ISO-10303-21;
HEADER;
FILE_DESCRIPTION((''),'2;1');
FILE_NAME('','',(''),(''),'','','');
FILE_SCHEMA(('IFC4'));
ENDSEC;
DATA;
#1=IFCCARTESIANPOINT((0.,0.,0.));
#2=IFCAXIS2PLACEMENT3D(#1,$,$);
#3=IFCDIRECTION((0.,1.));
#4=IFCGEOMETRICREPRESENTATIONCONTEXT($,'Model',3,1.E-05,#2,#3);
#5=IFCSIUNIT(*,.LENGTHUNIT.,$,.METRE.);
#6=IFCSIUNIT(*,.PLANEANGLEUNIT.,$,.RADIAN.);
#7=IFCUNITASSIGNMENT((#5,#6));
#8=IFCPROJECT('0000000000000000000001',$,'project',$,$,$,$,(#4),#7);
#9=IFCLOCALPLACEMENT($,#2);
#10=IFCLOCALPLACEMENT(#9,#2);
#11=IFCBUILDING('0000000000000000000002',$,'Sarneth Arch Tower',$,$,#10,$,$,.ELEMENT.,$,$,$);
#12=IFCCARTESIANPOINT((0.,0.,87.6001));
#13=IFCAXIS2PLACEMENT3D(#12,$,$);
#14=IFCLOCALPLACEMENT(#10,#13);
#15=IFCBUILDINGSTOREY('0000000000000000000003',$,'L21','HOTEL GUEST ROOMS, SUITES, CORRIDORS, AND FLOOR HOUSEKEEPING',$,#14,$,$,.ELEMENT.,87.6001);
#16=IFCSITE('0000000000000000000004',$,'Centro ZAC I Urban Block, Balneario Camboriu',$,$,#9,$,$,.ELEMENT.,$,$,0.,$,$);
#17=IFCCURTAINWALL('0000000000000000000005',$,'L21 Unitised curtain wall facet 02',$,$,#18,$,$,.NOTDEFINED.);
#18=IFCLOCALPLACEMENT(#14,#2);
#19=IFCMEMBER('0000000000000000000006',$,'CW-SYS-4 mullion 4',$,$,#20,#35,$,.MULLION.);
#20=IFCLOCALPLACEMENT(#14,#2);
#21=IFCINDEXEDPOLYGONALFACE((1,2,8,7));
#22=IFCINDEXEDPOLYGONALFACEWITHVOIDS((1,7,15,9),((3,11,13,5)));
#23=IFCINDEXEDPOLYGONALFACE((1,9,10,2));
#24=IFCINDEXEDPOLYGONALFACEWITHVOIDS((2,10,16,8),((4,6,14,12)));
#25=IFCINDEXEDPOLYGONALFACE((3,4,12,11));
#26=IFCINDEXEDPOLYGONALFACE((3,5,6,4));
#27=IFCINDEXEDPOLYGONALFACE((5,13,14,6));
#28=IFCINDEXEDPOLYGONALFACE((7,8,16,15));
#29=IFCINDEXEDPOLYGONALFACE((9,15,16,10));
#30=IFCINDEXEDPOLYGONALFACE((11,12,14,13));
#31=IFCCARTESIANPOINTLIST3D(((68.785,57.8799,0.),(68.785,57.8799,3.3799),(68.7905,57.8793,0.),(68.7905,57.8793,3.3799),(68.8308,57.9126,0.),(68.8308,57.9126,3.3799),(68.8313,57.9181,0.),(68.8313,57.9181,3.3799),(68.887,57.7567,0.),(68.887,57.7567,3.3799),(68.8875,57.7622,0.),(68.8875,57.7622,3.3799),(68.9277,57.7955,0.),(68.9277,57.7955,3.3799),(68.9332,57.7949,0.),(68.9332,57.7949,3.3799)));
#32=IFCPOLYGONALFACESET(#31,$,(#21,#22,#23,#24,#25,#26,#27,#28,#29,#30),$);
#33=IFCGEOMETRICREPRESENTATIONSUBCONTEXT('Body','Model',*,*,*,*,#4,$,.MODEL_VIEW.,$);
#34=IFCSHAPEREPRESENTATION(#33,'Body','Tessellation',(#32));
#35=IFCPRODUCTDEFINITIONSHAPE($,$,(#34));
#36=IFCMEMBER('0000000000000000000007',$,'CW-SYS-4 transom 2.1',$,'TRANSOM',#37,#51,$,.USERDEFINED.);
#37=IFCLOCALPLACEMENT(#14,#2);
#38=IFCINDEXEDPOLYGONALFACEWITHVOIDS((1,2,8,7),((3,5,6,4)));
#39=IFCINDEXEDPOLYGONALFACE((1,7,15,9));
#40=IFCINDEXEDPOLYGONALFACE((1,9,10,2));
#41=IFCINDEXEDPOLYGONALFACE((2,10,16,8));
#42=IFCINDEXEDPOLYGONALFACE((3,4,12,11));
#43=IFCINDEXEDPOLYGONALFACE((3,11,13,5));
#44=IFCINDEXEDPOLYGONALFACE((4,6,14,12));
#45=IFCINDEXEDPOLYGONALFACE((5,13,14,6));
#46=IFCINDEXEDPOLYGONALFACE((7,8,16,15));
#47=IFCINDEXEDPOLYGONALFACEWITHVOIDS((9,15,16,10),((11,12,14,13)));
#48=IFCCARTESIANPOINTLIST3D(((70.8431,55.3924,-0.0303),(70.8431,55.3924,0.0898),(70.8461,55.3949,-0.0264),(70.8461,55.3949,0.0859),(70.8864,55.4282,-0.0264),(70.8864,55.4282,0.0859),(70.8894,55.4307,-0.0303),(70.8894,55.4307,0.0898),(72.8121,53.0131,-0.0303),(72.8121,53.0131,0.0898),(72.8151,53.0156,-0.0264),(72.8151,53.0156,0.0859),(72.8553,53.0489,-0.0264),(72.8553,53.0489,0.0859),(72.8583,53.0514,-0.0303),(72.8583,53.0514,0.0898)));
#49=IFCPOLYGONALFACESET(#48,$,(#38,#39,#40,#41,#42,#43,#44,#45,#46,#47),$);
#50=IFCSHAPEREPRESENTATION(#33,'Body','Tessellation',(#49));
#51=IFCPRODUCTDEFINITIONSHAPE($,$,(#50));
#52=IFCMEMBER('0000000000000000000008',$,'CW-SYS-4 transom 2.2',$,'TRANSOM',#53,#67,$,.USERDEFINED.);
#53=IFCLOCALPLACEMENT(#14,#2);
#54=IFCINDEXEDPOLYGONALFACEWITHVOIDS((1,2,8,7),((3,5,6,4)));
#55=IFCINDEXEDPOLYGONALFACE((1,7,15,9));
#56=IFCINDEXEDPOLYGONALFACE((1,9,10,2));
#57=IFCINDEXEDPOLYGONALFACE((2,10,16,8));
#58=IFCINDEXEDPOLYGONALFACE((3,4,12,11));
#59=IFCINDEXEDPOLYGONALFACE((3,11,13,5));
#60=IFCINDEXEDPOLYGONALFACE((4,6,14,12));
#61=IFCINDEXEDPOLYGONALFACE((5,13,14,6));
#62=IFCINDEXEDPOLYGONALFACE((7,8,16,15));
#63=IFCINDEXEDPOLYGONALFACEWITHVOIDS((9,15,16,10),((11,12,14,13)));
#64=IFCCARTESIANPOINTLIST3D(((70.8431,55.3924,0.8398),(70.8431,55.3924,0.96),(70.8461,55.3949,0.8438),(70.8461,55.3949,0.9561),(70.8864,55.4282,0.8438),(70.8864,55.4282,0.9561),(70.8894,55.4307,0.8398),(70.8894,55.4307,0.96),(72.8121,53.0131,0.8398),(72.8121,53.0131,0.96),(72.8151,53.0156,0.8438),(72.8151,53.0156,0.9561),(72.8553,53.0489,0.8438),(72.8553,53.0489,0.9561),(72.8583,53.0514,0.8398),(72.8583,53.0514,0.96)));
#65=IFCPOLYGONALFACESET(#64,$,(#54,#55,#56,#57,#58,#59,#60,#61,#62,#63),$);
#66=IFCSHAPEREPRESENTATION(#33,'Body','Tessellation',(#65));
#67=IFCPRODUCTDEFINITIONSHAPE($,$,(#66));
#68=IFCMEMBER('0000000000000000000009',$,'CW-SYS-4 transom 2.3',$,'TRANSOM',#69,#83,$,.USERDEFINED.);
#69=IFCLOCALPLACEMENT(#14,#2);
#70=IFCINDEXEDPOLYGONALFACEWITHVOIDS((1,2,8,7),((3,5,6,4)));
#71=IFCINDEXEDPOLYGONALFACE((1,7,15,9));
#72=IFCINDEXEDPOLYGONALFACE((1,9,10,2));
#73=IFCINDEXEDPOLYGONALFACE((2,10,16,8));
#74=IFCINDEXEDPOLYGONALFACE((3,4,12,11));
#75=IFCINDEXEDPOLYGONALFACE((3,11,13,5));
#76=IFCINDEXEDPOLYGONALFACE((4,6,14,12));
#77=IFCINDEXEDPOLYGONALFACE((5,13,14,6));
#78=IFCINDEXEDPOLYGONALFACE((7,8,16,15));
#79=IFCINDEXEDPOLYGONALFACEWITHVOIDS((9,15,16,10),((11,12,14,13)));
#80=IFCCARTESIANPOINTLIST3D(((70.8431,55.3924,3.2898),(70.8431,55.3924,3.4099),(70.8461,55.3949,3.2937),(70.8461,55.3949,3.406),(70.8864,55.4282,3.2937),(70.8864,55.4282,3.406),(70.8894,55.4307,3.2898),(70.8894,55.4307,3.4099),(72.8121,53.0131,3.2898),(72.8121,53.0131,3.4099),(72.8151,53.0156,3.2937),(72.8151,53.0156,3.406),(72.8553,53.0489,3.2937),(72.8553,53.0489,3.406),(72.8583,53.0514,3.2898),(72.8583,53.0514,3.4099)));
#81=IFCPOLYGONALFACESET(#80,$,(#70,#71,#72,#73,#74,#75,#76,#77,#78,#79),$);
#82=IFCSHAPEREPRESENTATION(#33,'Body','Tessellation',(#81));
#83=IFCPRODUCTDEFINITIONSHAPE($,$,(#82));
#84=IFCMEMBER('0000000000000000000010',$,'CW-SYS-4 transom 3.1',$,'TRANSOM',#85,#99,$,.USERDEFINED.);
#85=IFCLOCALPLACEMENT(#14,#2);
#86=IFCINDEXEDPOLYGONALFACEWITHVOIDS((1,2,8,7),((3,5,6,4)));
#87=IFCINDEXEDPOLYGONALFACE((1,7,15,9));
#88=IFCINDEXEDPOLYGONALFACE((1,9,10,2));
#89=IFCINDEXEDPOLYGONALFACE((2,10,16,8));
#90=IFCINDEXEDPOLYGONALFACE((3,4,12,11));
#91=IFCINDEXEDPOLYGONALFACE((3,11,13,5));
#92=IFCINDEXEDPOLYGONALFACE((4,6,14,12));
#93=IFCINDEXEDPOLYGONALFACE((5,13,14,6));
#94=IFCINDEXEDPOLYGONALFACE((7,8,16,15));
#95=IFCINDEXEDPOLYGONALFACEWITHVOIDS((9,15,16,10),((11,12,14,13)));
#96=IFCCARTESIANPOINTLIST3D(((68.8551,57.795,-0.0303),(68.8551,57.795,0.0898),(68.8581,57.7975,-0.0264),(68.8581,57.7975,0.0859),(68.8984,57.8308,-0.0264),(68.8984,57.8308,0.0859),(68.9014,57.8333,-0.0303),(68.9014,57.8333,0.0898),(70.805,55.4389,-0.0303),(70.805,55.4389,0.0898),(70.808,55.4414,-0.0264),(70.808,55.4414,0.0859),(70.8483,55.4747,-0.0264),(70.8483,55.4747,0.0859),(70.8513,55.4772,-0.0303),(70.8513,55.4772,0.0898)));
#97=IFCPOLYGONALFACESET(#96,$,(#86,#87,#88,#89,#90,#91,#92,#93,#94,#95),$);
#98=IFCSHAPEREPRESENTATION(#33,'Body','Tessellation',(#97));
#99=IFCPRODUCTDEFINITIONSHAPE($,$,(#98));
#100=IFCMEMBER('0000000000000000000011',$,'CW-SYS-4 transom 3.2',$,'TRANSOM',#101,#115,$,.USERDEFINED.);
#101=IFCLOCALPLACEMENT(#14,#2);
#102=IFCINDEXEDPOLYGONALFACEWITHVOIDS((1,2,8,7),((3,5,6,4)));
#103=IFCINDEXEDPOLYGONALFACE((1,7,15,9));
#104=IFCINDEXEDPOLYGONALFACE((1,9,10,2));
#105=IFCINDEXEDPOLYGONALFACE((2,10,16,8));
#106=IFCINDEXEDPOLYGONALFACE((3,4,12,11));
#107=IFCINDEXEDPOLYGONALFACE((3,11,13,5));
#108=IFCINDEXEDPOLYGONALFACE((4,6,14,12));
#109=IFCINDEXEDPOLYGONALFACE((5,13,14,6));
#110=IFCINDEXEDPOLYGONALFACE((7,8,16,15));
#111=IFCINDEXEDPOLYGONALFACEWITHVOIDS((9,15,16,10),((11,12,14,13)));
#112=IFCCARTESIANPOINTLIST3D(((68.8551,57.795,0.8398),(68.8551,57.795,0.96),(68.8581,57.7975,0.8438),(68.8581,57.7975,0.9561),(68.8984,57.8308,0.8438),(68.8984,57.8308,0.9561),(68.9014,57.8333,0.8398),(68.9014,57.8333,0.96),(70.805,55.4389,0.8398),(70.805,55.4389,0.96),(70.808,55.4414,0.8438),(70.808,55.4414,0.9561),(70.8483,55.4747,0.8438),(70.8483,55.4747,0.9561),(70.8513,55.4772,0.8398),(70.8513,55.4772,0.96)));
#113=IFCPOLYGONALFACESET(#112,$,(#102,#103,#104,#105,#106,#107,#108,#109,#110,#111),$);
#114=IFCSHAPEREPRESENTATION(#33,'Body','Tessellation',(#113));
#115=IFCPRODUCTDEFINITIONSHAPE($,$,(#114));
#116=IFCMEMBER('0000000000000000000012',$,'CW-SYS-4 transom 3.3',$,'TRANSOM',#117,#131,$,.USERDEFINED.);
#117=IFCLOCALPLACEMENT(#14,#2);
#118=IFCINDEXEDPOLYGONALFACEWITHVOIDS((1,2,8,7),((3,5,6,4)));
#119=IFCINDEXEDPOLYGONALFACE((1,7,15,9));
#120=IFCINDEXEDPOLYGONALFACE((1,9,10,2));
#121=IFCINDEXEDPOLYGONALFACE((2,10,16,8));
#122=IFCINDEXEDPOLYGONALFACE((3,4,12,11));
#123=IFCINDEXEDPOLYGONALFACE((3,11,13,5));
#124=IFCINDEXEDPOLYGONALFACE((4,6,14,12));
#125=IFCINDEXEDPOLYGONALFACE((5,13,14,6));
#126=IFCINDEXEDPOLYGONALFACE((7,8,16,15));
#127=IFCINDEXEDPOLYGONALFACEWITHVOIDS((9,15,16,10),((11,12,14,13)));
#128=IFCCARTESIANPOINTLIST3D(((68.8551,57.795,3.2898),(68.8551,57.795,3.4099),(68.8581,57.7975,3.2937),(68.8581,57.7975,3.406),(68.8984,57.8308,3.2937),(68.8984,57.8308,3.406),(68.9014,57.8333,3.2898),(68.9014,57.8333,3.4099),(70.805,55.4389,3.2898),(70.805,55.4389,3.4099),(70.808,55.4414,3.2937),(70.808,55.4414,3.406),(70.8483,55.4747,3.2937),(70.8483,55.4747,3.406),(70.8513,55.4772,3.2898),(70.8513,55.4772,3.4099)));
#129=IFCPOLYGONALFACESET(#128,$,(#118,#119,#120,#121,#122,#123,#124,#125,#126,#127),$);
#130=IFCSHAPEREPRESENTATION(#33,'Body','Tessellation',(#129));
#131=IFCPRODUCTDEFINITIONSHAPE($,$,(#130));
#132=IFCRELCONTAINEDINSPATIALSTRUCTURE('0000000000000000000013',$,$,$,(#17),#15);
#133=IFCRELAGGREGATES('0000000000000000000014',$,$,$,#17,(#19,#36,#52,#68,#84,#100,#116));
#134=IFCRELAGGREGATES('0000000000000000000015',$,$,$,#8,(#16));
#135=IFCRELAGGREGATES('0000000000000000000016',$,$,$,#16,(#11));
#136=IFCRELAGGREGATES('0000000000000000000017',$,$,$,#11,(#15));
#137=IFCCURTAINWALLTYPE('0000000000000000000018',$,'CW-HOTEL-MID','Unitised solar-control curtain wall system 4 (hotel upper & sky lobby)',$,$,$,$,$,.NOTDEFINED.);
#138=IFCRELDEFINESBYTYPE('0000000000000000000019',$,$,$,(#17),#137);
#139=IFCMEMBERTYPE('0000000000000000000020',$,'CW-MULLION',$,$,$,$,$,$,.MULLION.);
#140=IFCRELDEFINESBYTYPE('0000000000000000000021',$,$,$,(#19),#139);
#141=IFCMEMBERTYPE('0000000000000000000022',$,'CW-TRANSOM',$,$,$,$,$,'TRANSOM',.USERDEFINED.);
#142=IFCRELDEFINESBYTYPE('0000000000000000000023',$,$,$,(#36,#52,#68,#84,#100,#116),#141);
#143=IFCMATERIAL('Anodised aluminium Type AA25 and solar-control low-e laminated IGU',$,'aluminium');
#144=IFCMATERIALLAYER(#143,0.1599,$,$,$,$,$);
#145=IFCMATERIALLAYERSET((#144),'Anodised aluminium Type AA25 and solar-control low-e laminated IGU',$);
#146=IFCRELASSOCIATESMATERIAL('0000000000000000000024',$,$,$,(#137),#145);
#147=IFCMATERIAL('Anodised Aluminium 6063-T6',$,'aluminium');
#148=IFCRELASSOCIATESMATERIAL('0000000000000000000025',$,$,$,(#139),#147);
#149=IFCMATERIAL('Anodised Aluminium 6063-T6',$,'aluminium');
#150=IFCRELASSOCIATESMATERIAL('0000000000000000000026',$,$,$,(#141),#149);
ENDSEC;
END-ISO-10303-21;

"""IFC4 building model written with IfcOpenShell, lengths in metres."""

from ifc_helpers import new_model, si_unit, direction, frame, origin, origin_2d, place, context, subcontext, project, spatial, hollow_rectangle, extrude, material, layer, layer_set, material_profile, profile_set, type_object, element, aggregate, save


model = new_model("IFC4")

# Units and contexts
model_context = context("Model", 3, precision=1e-05, world=origin(), true_north=direction((0.0, 1.0)))
body_context = subcontext(model_context, "Body", "Model", "MODEL_VIEW")
ifc_project = project(units=[si_unit("LENGTHUNIT", "METRE"), si_unit("PLANEANGLEUNIT", "RADIAN")], contexts=[model_context])

# Site, building, storey
site_placement = place(None, origin())
site = spatial("IfcSite", under=ifc_project, at=site_placement, Name="Centro ZAC I Urban Block, Balneario Camboriu", CompositionType="ELEMENT", RefElevation=0.0)
building_placement = place(site_placement, origin())
building = spatial("IfcBuilding", under=site, at=building_placement, Name="Sarneth Arch Tower", CompositionType="ELEMENT")
storey_placement = place(building_placement, frame((0.0, 0.0, 87.6001)))
storey = spatial("IfcBuildingStorey", under=building, at=storey_placement, Name="L21", Description="HOTEL GUEST ROOMS, SUITES, CORRIDORS, AND FLOOR HOUSEKEEPING", CompositionType="ELEMENT", Elevation=87.6001)

# Curtain wall, members
ifc_material_1 = material(Name="Anodised aluminium Type AA25 and solar-control low-e laminated IGU", Category="aluminium")
ifc_layer_1 = layer(ifc_material_1, 0.1599)
ifc_layer_set_1 = layer_set([ifc_layer_1], Name="Anodised aluminium Type AA25 and solar-control low-e laminated IGU")
curtain_wall_type = type_object("IfcCurtainWallType", Name="CW-HOTEL-MID", Description="Unitised solar-control curtain wall system 4 (hotel upper & sky lobby)", PredefinedType="NOTDEFINED", material=ifc_layer_set_1)
curtain_wall_placement = place(storey_placement, origin())
curtain_wall = element("IfcCurtainWall", 1, at=curtain_wall_placement, inside=storey, type_object=curtain_wall_type, Name="L21 Unitised curtain wall facet 02", PredefinedType="NOTDEFINED")
ifc_material_2 = material(Name="Anodised Aluminium 6063-T6", Category="aluminium")
ifc_material_profile_1 = material_profile(ifc_material_2, hollow_rectangle(XDim=0.0601, YDim=0.1599, WallThickness=0.0039, at=origin_2d()), Name="AL-MULL-160x60x4")
ifc_profile_set_1 = profile_set([ifc_material_profile_1], Name="Anodised Aluminium 6063-T6")
member_type_1 = type_object("IfcMemberType", Name="CW-MULLION", PredefinedType="MULLION", material=ifc_profile_set_1)
member_1_placement = place(storey_placement, frame((68.8591, 57.8374, 0.0), z_axis=(0.0, 0.0, 1.0), x_axis=(-0.770438, -0.637515, 0.0)))
member_1 = element("IfcMember", 2, at=member_1_placement, type_object=member_type_1, Name="CW-SYS-4 mullion 4", PredefinedType="MULLION", context=body_context, shape_type="SweptSolid", body=[
    extrude(hollow_rectangle(XDim=0.0601, YDim=0.1599, WallThickness=0.0039, at=origin_2d()), origin(), (0.0, 0.0, 1.0), 3.3799),
])
ifc_material_3 = material(Name="Anodised Aluminium 6063-T6", Category="aluminium")
ifc_material_profile_2 = material_profile(ifc_material_3, hollow_rectangle(XDim=0.0601, YDim=0.1201, WallThickness=0.0039, at=origin_2d()), Name="AL-TRAN-120x60x4")
ifc_profile_set_2 = profile_set([ifc_material_profile_2], Name="Anodised Aluminium 6063-T6")
member_type_2 = type_object("IfcMemberType", Name="CW-TRANSOM", ElementType="TRANSOM", PredefinedType="USERDEFINED", material=ifc_profile_set_2)
member_2_placement = place(storey_placement, frame((72.8352, 53.0322, 0.0298), z_axis=(-0.637537, 0.77042, 0.0), x_axis=(-0.77042, -0.637537, 0.0)))
member_2 = element("IfcMember", 3, at=member_2_placement, type_object=member_type_2, Name="CW-SYS-4 transom 2.1", ObjectType="TRANSOM", PredefinedType="USERDEFINED", context=body_context, shape_type="SweptSolid", body=[
    extrude(hollow_rectangle(XDim=0.0601, YDim=0.1201, WallThickness=0.0039, at=origin_2d()), origin(), (0.0, 0.0, 1.0), 3.0884),
])
member_3_placement = place(storey_placement, frame((72.8352, 53.0322, 0.8999), z_axis=(-0.637537, 0.77042, 0.0), x_axis=(-0.77042, -0.637537, 0.0)))
member_3 = element("IfcMember", 4, at=member_3_placement, type_object=member_type_2, Name="CW-SYS-4 transom 2.2", ObjectType="TRANSOM", PredefinedType="USERDEFINED", context=body_context, shape_type="SweptSolid", body=[
    extrude(hollow_rectangle(XDim=0.0601, YDim=0.1201, WallThickness=0.0039, at=origin_2d()), origin(), (0.0, 0.0, 1.0), 3.0884),
])
member_4_placement = place(storey_placement, frame((72.8352, 53.0322, 3.3499), z_axis=(-0.637537, 0.77042, 0.0), x_axis=(-0.77042, -0.637537, 0.0)))
member_4 = element("IfcMember", 5, at=member_4_placement, type_object=member_type_2, Name="CW-SYS-4 transom 2.3", ObjectType="TRANSOM", PredefinedType="USERDEFINED", context=body_context, shape_type="SweptSolid", body=[
    extrude(hollow_rectangle(XDim=0.0601, YDim=0.1201, WallThickness=0.0039, at=origin_2d()), origin(), (0.0, 0.0, 1.0), 3.0884),
])
member_5_placement = place(storey_placement, frame((70.8281, 55.458, 0.0298), z_axis=(-0.637566, 0.770396, 0.0), x_axis=(-0.770396, -0.637566, 0.0)))
member_5 = element("IfcMember", 6, at=member_5_placement, type_object=member_type_2, Name="CW-SYS-4 transom 3.1", ObjectType="TRANSOM", PredefinedType="USERDEFINED", context=body_context, shape_type="SweptSolid", body=[
    extrude(hollow_rectangle(XDim=0.0601, YDim=0.1201, WallThickness=0.0039, at=origin_2d()), origin(), (0.0, 0.0, 1.0), 3.0583),
])
member_6_placement = place(storey_placement, frame((70.8281, 55.458, 0.8999), z_axis=(-0.637566, 0.770396, 0.0), x_axis=(-0.770396, -0.637566, 0.0)))
member_6 = element("IfcMember", 7, at=member_6_placement, type_object=member_type_2, Name="CW-SYS-4 transom 3.2", ObjectType="TRANSOM", PredefinedType="USERDEFINED", context=body_context, shape_type="SweptSolid", body=[
    extrude(hollow_rectangle(XDim=0.0601, YDim=0.1201, WallThickness=0.0039, at=origin_2d()), origin(), (0.0, 0.0, 1.0), 3.0583),
])
member_7_placement = place(storey_placement, frame((70.8281, 55.458, 3.3499), z_axis=(-0.637566, 0.770396, 0.0), x_axis=(-0.770396, -0.637566, 0.0)))
member_7 = element("IfcMember", 8, at=member_7_placement, type_object=member_type_2, Name="CW-SYS-4 transom 3.3", ObjectType="TRANSOM", PredefinedType="USERDEFINED", context=body_context, shape_type="SweptSolid", body=[
    extrude(hollow_rectangle(XDim=0.0601, YDim=0.1201, WallThickness=0.0039, at=origin_2d()), origin(), (0.0, 0.0, 1.0), 3.0583),
])

aggregate(curtain_wall, [member_1, member_2, member_3, member_4, member_5, member_6, member_7])

save(model, "model.ifc")
